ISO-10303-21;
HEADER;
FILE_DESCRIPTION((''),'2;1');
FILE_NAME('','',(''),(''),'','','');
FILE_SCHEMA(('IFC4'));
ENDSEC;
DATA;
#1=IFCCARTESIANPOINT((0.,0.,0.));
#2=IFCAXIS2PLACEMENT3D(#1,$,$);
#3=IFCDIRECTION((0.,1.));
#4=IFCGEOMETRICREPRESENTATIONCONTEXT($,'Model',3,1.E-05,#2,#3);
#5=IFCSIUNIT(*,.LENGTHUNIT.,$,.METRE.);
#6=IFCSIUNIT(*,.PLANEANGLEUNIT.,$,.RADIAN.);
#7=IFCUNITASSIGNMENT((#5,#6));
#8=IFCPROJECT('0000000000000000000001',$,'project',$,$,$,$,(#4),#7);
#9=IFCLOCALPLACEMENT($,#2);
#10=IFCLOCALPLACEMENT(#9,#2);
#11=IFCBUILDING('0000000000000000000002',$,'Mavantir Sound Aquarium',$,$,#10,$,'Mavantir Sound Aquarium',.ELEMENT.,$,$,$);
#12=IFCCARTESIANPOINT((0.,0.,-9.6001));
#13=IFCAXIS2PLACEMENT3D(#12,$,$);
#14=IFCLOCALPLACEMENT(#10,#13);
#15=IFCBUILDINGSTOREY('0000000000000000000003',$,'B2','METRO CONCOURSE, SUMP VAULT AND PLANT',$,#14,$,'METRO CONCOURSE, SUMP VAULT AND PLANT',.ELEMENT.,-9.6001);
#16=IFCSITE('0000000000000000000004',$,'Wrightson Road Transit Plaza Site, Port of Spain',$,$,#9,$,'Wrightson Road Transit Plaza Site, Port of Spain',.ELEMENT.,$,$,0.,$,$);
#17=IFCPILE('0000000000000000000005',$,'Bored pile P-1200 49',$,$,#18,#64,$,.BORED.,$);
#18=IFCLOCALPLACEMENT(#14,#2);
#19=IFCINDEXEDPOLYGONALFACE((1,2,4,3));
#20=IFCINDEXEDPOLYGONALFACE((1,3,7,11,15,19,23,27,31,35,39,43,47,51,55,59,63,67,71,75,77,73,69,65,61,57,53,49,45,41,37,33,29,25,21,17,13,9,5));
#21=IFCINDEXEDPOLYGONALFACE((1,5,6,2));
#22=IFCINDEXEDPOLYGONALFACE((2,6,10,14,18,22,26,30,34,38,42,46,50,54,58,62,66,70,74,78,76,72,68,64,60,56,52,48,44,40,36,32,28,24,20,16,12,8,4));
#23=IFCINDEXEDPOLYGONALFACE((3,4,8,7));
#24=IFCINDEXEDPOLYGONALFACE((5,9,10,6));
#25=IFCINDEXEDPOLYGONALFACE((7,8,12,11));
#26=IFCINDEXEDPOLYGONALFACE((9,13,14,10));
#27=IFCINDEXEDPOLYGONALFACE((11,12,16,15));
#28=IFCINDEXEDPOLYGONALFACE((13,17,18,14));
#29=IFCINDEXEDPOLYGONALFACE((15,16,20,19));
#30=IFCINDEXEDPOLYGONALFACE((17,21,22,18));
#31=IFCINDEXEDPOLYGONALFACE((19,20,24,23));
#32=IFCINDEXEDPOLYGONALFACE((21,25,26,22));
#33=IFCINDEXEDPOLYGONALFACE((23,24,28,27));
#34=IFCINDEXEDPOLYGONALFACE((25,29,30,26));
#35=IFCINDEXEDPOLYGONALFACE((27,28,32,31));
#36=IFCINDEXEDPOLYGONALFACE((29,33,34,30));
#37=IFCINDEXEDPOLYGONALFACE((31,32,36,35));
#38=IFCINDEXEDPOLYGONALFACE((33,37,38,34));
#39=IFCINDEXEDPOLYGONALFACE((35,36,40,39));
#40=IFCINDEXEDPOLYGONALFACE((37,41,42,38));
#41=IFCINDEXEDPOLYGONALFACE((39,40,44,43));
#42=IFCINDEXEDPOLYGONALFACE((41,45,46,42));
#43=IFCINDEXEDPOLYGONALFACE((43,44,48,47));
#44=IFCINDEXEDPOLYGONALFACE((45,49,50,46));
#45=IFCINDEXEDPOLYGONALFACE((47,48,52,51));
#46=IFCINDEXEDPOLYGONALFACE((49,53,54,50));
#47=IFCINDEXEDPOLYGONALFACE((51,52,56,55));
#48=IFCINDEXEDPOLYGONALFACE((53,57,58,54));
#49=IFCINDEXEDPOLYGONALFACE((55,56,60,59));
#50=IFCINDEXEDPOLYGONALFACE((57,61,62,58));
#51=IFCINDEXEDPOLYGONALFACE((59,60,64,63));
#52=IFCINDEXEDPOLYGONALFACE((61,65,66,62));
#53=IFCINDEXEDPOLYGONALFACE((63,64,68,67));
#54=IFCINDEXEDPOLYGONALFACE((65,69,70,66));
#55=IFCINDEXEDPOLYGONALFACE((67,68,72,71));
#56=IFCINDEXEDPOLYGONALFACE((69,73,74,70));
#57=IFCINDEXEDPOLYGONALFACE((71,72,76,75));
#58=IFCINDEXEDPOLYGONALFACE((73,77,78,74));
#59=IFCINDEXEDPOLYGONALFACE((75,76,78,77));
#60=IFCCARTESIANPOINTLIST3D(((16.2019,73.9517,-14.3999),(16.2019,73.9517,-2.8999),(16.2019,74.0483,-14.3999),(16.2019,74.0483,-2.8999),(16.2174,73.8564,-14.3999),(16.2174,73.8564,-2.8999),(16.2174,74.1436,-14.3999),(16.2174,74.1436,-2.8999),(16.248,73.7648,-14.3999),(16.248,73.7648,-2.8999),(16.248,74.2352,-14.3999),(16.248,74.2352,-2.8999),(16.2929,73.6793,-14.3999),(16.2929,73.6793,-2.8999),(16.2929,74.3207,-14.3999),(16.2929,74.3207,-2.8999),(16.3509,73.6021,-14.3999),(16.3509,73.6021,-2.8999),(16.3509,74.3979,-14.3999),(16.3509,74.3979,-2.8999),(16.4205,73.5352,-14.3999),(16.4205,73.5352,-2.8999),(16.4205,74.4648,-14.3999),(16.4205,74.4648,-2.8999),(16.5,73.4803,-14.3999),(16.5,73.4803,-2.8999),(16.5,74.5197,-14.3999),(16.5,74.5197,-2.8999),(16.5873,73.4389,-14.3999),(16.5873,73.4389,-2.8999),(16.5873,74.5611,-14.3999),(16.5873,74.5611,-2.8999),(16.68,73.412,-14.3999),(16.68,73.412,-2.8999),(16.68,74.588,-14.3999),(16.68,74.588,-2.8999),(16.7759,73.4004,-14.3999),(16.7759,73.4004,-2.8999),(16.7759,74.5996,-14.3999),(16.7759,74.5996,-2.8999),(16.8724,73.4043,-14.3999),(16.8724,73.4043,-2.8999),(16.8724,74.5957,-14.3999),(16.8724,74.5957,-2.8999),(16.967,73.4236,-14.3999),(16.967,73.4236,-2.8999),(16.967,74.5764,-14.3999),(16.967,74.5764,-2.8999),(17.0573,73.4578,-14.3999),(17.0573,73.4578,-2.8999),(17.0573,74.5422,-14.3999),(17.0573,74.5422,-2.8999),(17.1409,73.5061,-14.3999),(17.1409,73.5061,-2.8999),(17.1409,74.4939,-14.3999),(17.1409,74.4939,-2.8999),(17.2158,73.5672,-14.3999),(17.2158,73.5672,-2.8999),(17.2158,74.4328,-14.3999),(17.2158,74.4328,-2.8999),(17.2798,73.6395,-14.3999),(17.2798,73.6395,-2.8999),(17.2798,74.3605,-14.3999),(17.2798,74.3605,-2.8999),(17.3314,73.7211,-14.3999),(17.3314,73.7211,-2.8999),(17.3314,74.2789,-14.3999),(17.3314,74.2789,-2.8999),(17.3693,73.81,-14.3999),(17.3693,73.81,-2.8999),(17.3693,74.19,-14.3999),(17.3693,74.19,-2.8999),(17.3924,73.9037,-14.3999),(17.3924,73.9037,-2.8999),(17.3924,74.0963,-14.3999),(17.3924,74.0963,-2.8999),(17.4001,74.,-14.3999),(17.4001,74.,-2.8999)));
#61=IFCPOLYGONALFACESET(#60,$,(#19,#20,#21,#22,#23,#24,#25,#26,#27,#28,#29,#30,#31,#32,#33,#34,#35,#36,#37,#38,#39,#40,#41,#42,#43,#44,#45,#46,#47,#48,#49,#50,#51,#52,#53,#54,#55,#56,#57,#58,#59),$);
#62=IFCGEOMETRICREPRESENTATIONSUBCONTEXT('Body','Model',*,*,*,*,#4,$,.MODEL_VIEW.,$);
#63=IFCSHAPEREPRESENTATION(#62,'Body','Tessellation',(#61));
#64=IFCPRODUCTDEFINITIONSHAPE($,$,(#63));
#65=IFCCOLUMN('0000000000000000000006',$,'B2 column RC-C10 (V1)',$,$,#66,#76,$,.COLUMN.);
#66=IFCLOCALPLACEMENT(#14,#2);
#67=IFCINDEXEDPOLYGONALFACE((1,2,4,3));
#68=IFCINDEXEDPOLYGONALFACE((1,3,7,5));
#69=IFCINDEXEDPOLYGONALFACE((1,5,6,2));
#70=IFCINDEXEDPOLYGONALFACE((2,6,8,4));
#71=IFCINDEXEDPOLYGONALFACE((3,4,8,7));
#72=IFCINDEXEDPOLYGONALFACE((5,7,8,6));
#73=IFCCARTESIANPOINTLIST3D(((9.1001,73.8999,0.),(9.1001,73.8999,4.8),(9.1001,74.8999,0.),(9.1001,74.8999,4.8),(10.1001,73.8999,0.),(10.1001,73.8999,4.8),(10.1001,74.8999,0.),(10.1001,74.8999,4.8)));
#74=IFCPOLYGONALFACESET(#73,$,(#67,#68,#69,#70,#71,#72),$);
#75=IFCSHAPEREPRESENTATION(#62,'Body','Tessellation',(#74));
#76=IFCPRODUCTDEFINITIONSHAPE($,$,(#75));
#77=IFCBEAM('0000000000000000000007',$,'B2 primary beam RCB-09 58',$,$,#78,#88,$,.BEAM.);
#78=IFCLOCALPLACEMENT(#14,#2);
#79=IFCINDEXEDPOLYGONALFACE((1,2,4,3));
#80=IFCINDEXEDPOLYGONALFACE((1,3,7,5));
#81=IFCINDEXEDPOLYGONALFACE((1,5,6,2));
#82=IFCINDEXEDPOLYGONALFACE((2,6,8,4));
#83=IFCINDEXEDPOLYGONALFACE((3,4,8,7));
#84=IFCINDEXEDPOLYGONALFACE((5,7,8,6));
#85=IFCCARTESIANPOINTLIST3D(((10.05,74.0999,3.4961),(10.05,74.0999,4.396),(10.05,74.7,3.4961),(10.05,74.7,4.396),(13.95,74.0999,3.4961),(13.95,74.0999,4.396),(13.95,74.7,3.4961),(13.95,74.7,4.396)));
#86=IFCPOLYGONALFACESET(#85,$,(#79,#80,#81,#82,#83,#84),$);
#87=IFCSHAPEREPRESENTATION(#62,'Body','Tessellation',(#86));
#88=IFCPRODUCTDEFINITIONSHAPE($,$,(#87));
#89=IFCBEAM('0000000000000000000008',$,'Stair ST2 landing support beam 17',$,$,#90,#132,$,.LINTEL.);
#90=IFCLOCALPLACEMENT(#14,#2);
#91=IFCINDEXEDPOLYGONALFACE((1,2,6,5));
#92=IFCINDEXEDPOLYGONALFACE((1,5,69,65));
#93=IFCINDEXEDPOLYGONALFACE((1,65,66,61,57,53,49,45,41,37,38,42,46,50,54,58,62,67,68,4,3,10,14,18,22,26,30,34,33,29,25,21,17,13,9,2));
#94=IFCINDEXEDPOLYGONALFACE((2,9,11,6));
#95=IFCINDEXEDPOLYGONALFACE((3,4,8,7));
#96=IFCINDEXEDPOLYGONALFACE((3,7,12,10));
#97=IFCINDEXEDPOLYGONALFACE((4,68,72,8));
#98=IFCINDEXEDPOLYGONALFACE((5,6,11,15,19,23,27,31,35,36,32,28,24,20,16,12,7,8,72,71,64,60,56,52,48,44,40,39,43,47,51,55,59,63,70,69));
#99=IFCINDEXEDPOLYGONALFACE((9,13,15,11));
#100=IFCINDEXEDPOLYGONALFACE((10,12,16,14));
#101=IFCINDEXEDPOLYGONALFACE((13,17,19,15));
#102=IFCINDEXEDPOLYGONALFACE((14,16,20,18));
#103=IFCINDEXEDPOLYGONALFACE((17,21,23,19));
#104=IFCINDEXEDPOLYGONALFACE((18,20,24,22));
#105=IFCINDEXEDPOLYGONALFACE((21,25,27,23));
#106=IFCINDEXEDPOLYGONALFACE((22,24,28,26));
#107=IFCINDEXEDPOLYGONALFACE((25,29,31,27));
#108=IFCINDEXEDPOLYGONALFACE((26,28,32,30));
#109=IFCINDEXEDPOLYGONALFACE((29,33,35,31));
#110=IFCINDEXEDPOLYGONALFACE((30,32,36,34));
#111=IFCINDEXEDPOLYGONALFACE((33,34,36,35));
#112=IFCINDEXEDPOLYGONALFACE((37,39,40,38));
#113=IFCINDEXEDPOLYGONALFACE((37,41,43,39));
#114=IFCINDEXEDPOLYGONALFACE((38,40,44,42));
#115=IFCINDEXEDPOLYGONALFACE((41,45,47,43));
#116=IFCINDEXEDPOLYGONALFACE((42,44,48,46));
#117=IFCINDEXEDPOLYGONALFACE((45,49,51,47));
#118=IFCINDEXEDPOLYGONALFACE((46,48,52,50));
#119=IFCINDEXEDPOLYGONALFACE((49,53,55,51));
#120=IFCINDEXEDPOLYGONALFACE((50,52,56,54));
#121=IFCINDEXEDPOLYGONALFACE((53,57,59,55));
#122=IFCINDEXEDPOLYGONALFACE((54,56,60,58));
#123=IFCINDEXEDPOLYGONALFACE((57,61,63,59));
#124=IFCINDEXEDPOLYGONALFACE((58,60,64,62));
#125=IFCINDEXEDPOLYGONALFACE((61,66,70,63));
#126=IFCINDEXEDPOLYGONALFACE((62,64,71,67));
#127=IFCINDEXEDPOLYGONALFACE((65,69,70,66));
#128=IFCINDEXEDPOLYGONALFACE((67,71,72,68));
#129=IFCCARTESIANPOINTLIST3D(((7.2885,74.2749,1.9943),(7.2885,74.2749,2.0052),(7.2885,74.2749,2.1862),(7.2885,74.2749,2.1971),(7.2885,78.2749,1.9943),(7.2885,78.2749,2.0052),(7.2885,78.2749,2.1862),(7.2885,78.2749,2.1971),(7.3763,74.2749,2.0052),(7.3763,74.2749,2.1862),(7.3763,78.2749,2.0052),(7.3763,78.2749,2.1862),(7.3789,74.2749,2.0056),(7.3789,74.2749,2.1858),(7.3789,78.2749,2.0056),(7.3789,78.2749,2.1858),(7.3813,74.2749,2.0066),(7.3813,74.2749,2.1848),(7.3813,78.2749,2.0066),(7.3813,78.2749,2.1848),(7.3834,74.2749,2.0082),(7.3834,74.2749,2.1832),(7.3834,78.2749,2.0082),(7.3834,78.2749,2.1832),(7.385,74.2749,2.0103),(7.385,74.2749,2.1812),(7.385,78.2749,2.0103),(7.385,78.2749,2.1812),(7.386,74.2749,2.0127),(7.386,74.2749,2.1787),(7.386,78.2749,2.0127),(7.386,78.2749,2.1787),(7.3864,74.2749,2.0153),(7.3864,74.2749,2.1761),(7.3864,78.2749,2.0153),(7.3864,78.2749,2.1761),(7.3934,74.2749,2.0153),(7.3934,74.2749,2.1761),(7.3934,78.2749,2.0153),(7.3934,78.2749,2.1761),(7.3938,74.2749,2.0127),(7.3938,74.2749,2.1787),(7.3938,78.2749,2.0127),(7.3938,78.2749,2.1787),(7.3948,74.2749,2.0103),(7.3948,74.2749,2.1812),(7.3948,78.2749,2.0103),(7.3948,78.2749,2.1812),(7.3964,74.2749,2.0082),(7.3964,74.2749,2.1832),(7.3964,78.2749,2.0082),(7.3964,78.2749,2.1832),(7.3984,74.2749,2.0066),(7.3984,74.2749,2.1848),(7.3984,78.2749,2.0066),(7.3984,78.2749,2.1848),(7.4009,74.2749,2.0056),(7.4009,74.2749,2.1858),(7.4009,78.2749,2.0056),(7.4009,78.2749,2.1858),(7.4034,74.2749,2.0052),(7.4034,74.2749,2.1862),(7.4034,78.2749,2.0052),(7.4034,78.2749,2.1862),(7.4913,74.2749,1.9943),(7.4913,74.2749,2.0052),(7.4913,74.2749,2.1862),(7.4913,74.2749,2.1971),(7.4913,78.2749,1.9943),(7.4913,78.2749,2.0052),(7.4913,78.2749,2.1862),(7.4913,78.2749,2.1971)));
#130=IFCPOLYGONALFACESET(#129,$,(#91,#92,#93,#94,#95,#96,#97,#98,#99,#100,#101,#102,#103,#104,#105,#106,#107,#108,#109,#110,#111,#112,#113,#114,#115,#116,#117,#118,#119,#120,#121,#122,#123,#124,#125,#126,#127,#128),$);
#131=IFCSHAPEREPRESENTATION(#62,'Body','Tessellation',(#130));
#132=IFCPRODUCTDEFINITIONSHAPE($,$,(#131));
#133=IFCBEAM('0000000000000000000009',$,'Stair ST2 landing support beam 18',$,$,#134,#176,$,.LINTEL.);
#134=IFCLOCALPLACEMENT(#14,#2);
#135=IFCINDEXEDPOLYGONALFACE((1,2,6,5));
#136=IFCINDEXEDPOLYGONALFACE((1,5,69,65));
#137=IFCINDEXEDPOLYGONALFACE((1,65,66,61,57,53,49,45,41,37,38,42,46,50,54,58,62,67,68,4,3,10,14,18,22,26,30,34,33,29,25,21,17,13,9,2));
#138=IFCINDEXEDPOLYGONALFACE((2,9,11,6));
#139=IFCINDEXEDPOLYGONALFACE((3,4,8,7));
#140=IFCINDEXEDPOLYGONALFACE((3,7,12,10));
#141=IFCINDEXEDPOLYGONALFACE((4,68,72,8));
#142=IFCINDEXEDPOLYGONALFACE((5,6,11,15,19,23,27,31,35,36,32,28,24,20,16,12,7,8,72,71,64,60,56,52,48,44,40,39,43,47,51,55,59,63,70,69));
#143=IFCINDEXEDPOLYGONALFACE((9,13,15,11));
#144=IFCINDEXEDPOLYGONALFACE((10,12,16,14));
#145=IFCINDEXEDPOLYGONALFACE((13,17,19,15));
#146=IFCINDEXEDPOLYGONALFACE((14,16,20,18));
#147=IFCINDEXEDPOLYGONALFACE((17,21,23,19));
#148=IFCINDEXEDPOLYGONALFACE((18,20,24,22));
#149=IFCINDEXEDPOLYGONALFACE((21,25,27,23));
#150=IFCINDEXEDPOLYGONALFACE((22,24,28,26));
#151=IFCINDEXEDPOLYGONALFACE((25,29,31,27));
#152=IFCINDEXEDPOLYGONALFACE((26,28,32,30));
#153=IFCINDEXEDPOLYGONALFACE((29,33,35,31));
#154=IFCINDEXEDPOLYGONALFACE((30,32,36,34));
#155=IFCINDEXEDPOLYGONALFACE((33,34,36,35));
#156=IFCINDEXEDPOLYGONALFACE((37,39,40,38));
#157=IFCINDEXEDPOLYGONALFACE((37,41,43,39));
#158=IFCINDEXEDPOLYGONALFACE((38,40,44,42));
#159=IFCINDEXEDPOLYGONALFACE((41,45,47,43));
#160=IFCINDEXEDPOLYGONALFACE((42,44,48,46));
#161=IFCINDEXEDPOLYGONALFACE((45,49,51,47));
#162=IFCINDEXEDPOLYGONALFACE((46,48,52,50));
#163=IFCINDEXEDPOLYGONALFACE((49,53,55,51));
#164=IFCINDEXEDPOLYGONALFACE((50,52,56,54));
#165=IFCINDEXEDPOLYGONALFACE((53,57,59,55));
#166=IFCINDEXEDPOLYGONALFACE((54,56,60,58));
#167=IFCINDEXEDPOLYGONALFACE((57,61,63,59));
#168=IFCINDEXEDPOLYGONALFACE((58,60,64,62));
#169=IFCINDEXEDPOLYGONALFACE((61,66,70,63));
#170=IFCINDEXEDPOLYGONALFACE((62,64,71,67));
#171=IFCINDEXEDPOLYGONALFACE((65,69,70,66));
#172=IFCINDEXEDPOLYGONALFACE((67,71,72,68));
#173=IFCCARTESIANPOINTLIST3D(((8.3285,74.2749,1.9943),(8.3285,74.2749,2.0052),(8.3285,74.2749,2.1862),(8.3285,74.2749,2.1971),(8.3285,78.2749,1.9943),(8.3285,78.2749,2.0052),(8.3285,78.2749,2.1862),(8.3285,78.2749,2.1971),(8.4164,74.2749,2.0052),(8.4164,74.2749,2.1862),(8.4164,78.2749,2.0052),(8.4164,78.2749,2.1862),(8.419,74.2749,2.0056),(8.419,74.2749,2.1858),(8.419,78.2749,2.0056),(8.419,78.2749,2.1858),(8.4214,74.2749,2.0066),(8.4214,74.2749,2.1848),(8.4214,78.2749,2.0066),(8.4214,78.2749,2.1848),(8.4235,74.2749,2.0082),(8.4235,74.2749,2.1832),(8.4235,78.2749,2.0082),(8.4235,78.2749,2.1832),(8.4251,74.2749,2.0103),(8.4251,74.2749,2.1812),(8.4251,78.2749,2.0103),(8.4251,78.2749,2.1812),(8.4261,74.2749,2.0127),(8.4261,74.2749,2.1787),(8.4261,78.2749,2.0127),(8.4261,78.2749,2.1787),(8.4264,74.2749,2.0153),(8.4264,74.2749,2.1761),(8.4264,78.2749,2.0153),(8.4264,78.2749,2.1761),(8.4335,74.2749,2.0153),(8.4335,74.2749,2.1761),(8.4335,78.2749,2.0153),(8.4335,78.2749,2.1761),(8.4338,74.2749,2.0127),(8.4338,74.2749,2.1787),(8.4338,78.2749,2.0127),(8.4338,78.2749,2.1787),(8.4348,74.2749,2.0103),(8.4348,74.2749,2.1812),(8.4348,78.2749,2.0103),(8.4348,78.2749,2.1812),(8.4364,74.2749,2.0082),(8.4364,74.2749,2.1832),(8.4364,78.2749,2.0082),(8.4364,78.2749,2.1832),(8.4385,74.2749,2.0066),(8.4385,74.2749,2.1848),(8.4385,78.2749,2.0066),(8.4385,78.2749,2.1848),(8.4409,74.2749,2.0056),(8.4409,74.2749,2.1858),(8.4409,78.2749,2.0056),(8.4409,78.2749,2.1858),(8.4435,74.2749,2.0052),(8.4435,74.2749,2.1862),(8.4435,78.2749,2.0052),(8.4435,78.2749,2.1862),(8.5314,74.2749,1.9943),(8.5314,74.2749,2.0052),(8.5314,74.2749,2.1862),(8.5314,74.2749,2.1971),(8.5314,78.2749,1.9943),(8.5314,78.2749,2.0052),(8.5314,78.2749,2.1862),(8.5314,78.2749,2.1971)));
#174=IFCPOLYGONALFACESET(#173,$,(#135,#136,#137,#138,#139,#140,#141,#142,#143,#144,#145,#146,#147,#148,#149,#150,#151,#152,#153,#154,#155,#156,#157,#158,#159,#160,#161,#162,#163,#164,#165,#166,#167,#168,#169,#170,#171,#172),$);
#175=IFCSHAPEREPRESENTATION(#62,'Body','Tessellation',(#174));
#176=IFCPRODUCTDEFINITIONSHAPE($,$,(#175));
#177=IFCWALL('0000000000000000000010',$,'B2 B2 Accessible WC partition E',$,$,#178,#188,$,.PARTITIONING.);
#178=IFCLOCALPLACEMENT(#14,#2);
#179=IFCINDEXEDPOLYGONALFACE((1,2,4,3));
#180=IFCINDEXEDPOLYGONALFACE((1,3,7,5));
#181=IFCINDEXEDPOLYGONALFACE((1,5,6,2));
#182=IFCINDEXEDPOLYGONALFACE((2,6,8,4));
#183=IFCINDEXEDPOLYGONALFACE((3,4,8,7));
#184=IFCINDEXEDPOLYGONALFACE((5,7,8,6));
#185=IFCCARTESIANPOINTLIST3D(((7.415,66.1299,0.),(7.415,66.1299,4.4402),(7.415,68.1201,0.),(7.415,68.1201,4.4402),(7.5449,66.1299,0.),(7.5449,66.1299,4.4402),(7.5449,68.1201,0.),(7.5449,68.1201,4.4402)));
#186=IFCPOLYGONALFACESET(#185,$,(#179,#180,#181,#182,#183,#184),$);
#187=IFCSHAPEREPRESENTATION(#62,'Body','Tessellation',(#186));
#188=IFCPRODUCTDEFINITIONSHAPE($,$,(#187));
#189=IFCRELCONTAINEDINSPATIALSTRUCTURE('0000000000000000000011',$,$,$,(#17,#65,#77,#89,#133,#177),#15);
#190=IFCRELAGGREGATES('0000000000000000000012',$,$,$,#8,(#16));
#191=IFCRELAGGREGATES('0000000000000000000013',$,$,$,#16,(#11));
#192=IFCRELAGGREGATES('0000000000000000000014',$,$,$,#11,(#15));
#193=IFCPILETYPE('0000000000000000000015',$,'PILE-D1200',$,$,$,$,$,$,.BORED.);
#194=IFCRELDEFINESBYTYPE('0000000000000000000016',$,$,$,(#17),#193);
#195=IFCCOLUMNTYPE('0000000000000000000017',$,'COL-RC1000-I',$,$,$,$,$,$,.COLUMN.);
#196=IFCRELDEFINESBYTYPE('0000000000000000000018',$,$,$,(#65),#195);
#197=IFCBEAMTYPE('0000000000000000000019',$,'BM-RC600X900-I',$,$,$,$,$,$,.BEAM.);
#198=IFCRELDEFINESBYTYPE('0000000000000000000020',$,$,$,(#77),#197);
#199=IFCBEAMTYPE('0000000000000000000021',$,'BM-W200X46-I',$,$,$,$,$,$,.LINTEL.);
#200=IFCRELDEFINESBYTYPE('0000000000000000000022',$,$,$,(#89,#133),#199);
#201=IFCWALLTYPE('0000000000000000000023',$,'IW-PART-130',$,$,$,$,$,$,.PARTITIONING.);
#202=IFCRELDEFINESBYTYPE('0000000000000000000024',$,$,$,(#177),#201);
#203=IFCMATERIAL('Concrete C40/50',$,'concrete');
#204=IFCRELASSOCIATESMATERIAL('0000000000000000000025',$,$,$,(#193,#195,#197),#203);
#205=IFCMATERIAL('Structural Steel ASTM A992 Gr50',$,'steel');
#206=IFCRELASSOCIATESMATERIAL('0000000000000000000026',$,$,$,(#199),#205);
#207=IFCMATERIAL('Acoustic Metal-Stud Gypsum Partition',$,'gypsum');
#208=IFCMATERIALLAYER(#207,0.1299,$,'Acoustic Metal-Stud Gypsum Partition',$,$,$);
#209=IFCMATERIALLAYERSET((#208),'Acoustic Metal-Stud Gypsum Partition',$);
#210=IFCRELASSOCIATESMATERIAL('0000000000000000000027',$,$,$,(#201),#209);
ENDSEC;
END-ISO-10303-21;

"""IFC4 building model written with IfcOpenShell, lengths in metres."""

from ifc_helpers import new_model, si_unit, direction, frame, frame_2d, origin, origin_2d, place, context, subcontext, project, spatial, rectangle, circle, i_section, extrude, material, layer, layer_set, material_profile, profile_set, type_object, element, save


model = new_model("IFC4")

# Units and contexts
model_context = context("Model", 3, precision=1e-05, world=origin(), true_north=direction((0.0, 1.0)))
body_context = subcontext(model_context, "Body", "Model", "MODEL_VIEW")
ifc_project = project(units=[si_unit("LENGTHUNIT", "METRE"), si_unit("PLANEANGLEUNIT", "RADIAN")], contexts=[model_context])

# Site, building, storey
site_placement = place(None, origin())
site = spatial("IfcSite", under=ifc_project, at=site_placement, Name="Wrightson Road Transit Plaza Site, Port of Spain", LongName="Wrightson Road Transit Plaza Site, Port of Spain", CompositionType="ELEMENT", RefElevation=0.0)
building_placement = place(site_placement, origin())
building = spatial("IfcBuilding", under=site, at=building_placement, Name="Mavantir Sound Aquarium", LongName="Mavantir Sound Aquarium", CompositionType="ELEMENT")
storey_placement = place(building_placement, frame((0.0, 0.0, -9.6001)))
storey = spatial("IfcBuildingStorey", under=building, at=storey_placement, Name="B2", Description="METRO CONCOURSE, SUMP VAULT AND PLANT", LongName="METRO CONCOURSE, SUMP VAULT AND PLANT", CompositionType="ELEMENT", Elevation=-9.6001)

# Pile
ifc_material_1 = material(Name="Concrete C40/50", Category="concrete")
ifc_material_profile_1 = material_profile(ifc_material_1, circle(Radius=0.6001, at=origin_2d()), Name="PILE D1200")
ifc_profile_set_1 = profile_set([ifc_material_profile_1], Name="Concrete C40/50")
pile_type = type_object("IfcPileType", Name="PILE-D1200", PredefinedType="BORED", material=ifc_profile_set_1)
for number, where, z_axis, x_axis, name in (
    (1, (16.8, 74.0, -2.8999), (0.0, 0.0, -1.0), (1.0, 0.0, 0.0), "Bored pile P-1200 49"),
):
    element("IfcPile", number, at=place(storey_placement, frame(where, z_axis=z_axis, x_axis=x_axis)), inside=storey, type_object=pile_type, Name=name, PredefinedType="BORED", context=body_context, shape_type="SweptSolid", body=[
        extrude(circle(Radius=0.6001, at=origin_2d()), origin(), (0.0, 0.0, 1.0), 11.5),
    ])

# Column
ifc_material_profile_2 = material_profile(ifc_material_1, rectangle(XDim=1.0, YDim=1.0, at=origin_2d()), Name="RC 1000X1000")
ifc_profile_set_2 = profile_set([ifc_material_profile_2], Name="Concrete C40/50")
column_type = type_object("IfcColumnType", Name="COL-RC1000-I", PredefinedType="COLUMN", material=ifc_profile_set_2)
column_placement = place(storey_placement, frame((9.6001, 74.3999, 0.0), z_axis=(0.0, 0.0, 1.0), x_axis=(1.0, 0.0, 0.0)))
element("IfcColumn", 2, at=column_placement, inside=storey, type_object=column_type, Name="B2 column RC-C10 (V1)", PredefinedType="COLUMN", context=body_context, shape_type="SweptSolid", body=[
    extrude(rectangle(XDim=1.0, YDim=1.0, at=origin_2d()), origin(), (0.0, 0.0, 1.0), 4.8),
])

# Beams
ifc_material_profile_3 = material_profile(ifc_material_1, rectangle(XDim=0.6001, YDim=0.8999, at=origin_2d()), Name="RC 600X900")
ifc_profile_set_3 = profile_set([ifc_material_profile_3], Name="Concrete C40/50")
beam_type_1 = type_object("IfcBeamType", Name="BM-RC600X900-I", PredefinedType="BEAM", material=ifc_profile_set_3)
beam_placement = place(storey_placement, frame((10.05, 74.3999, 3.946), z_axis=(1.0, 0.0, 0.0), x_axis=(0.0, 1.0, 0.0)))
element("IfcBeam", 3, at=beam_placement, inside=storey, type_object=beam_type_1, Name="B2 primary beam RCB-09 58", PredefinedType="BEAM", context=body_context, shape_type="SweptSolid", body=[
    extrude(rectangle(XDim=0.6001, YDim=0.8999, at=origin_2d()), origin(), (0.0, 0.0, 1.0), 3.8999),
])
ifc_material_2 = material(Name="Structural Steel ASTM A992 Gr50", Category="steel")
ifc_material_profile_4 = material_profile(ifc_material_2, i_section(OverallWidth=0.2029, OverallDepth=0.2029, WebThickness=0.0071, FlangeThickness=0.011, FilletRadius=0.01, at=origin_2d()), Name="W200X46")
ifc_profile_set_4 = profile_set([ifc_material_profile_4], Name="Structural Steel ASTM A992 Gr50")
beam_type_2 = type_object("IfcBeamType", Name="BM-W200X46-I", PredefinedType="LINTEL", material=ifc_profile_set_4)
for number, where, z_axis, x_axis, name in (
    (4, (7.3899, 74.2749, 2.0957), (0.0, 1.0, 0.0), (-1.0, 0.0, 0.0), "Stair ST2 landing support beam 17"),
    (5, (8.4299, 74.2749, 2.0957), (0.0, 1.0, 0.0), (-1.0, 0.0, 0.0), "Stair ST2 landing support beam 18"),
):
    element("IfcBeam", number, at=place(storey_placement, frame(where, z_axis=z_axis, x_axis=x_axis)), inside=storey, type_object=beam_type_2, Name=name, PredefinedType="LINTEL", context=body_context, shape_type="SweptSolid", body=[
        extrude(i_section(OverallWidth=0.2029, OverallDepth=0.2029, WebThickness=0.0071, FlangeThickness=0.011, FilletRadius=0.01, at=origin_2d()), origin(), (0.0, 0.0, 1.0), 4.0),
    ])

# Wall
ifc_material_3 = material(Name="Acoustic Metal-Stud Gypsum Partition", Category="gypsum")
ifc_layer_1 = layer(ifc_material_3, 0.1299, Name="Acoustic Metal-Stud Gypsum Partition")
ifc_layer_set_1 = layer_set([ifc_layer_1], Name="Acoustic Metal-Stud Gypsum Partition")
wall_type_1 = type_object("IfcWallType", Name="IW-PART-130", PredefinedType="PARTITIONING", material=ifc_layer_set_1)
wall_1_placement = place(storey_placement, frame((7.48, 66.1299, 0.0), z_axis=(0.0, 0.0, 1.0), x_axis=(0.0, 1.0, 0.0)))
element("IfcWall", 6, at=wall_1_placement, inside=storey, type_object=wall_type_1, Name="B2 B2 Accessible WC partition E", PredefinedType="PARTITIONING", context=body_context, shape_type="SweptSolid", body=[
    extrude(rectangle(XDim=1.9902, YDim=0.1299, at=frame_2d((0.9951, 0.0))), origin(), (0.0, 0.0, 1.0), 4.4402),
])

save(model, "model.ifc")
